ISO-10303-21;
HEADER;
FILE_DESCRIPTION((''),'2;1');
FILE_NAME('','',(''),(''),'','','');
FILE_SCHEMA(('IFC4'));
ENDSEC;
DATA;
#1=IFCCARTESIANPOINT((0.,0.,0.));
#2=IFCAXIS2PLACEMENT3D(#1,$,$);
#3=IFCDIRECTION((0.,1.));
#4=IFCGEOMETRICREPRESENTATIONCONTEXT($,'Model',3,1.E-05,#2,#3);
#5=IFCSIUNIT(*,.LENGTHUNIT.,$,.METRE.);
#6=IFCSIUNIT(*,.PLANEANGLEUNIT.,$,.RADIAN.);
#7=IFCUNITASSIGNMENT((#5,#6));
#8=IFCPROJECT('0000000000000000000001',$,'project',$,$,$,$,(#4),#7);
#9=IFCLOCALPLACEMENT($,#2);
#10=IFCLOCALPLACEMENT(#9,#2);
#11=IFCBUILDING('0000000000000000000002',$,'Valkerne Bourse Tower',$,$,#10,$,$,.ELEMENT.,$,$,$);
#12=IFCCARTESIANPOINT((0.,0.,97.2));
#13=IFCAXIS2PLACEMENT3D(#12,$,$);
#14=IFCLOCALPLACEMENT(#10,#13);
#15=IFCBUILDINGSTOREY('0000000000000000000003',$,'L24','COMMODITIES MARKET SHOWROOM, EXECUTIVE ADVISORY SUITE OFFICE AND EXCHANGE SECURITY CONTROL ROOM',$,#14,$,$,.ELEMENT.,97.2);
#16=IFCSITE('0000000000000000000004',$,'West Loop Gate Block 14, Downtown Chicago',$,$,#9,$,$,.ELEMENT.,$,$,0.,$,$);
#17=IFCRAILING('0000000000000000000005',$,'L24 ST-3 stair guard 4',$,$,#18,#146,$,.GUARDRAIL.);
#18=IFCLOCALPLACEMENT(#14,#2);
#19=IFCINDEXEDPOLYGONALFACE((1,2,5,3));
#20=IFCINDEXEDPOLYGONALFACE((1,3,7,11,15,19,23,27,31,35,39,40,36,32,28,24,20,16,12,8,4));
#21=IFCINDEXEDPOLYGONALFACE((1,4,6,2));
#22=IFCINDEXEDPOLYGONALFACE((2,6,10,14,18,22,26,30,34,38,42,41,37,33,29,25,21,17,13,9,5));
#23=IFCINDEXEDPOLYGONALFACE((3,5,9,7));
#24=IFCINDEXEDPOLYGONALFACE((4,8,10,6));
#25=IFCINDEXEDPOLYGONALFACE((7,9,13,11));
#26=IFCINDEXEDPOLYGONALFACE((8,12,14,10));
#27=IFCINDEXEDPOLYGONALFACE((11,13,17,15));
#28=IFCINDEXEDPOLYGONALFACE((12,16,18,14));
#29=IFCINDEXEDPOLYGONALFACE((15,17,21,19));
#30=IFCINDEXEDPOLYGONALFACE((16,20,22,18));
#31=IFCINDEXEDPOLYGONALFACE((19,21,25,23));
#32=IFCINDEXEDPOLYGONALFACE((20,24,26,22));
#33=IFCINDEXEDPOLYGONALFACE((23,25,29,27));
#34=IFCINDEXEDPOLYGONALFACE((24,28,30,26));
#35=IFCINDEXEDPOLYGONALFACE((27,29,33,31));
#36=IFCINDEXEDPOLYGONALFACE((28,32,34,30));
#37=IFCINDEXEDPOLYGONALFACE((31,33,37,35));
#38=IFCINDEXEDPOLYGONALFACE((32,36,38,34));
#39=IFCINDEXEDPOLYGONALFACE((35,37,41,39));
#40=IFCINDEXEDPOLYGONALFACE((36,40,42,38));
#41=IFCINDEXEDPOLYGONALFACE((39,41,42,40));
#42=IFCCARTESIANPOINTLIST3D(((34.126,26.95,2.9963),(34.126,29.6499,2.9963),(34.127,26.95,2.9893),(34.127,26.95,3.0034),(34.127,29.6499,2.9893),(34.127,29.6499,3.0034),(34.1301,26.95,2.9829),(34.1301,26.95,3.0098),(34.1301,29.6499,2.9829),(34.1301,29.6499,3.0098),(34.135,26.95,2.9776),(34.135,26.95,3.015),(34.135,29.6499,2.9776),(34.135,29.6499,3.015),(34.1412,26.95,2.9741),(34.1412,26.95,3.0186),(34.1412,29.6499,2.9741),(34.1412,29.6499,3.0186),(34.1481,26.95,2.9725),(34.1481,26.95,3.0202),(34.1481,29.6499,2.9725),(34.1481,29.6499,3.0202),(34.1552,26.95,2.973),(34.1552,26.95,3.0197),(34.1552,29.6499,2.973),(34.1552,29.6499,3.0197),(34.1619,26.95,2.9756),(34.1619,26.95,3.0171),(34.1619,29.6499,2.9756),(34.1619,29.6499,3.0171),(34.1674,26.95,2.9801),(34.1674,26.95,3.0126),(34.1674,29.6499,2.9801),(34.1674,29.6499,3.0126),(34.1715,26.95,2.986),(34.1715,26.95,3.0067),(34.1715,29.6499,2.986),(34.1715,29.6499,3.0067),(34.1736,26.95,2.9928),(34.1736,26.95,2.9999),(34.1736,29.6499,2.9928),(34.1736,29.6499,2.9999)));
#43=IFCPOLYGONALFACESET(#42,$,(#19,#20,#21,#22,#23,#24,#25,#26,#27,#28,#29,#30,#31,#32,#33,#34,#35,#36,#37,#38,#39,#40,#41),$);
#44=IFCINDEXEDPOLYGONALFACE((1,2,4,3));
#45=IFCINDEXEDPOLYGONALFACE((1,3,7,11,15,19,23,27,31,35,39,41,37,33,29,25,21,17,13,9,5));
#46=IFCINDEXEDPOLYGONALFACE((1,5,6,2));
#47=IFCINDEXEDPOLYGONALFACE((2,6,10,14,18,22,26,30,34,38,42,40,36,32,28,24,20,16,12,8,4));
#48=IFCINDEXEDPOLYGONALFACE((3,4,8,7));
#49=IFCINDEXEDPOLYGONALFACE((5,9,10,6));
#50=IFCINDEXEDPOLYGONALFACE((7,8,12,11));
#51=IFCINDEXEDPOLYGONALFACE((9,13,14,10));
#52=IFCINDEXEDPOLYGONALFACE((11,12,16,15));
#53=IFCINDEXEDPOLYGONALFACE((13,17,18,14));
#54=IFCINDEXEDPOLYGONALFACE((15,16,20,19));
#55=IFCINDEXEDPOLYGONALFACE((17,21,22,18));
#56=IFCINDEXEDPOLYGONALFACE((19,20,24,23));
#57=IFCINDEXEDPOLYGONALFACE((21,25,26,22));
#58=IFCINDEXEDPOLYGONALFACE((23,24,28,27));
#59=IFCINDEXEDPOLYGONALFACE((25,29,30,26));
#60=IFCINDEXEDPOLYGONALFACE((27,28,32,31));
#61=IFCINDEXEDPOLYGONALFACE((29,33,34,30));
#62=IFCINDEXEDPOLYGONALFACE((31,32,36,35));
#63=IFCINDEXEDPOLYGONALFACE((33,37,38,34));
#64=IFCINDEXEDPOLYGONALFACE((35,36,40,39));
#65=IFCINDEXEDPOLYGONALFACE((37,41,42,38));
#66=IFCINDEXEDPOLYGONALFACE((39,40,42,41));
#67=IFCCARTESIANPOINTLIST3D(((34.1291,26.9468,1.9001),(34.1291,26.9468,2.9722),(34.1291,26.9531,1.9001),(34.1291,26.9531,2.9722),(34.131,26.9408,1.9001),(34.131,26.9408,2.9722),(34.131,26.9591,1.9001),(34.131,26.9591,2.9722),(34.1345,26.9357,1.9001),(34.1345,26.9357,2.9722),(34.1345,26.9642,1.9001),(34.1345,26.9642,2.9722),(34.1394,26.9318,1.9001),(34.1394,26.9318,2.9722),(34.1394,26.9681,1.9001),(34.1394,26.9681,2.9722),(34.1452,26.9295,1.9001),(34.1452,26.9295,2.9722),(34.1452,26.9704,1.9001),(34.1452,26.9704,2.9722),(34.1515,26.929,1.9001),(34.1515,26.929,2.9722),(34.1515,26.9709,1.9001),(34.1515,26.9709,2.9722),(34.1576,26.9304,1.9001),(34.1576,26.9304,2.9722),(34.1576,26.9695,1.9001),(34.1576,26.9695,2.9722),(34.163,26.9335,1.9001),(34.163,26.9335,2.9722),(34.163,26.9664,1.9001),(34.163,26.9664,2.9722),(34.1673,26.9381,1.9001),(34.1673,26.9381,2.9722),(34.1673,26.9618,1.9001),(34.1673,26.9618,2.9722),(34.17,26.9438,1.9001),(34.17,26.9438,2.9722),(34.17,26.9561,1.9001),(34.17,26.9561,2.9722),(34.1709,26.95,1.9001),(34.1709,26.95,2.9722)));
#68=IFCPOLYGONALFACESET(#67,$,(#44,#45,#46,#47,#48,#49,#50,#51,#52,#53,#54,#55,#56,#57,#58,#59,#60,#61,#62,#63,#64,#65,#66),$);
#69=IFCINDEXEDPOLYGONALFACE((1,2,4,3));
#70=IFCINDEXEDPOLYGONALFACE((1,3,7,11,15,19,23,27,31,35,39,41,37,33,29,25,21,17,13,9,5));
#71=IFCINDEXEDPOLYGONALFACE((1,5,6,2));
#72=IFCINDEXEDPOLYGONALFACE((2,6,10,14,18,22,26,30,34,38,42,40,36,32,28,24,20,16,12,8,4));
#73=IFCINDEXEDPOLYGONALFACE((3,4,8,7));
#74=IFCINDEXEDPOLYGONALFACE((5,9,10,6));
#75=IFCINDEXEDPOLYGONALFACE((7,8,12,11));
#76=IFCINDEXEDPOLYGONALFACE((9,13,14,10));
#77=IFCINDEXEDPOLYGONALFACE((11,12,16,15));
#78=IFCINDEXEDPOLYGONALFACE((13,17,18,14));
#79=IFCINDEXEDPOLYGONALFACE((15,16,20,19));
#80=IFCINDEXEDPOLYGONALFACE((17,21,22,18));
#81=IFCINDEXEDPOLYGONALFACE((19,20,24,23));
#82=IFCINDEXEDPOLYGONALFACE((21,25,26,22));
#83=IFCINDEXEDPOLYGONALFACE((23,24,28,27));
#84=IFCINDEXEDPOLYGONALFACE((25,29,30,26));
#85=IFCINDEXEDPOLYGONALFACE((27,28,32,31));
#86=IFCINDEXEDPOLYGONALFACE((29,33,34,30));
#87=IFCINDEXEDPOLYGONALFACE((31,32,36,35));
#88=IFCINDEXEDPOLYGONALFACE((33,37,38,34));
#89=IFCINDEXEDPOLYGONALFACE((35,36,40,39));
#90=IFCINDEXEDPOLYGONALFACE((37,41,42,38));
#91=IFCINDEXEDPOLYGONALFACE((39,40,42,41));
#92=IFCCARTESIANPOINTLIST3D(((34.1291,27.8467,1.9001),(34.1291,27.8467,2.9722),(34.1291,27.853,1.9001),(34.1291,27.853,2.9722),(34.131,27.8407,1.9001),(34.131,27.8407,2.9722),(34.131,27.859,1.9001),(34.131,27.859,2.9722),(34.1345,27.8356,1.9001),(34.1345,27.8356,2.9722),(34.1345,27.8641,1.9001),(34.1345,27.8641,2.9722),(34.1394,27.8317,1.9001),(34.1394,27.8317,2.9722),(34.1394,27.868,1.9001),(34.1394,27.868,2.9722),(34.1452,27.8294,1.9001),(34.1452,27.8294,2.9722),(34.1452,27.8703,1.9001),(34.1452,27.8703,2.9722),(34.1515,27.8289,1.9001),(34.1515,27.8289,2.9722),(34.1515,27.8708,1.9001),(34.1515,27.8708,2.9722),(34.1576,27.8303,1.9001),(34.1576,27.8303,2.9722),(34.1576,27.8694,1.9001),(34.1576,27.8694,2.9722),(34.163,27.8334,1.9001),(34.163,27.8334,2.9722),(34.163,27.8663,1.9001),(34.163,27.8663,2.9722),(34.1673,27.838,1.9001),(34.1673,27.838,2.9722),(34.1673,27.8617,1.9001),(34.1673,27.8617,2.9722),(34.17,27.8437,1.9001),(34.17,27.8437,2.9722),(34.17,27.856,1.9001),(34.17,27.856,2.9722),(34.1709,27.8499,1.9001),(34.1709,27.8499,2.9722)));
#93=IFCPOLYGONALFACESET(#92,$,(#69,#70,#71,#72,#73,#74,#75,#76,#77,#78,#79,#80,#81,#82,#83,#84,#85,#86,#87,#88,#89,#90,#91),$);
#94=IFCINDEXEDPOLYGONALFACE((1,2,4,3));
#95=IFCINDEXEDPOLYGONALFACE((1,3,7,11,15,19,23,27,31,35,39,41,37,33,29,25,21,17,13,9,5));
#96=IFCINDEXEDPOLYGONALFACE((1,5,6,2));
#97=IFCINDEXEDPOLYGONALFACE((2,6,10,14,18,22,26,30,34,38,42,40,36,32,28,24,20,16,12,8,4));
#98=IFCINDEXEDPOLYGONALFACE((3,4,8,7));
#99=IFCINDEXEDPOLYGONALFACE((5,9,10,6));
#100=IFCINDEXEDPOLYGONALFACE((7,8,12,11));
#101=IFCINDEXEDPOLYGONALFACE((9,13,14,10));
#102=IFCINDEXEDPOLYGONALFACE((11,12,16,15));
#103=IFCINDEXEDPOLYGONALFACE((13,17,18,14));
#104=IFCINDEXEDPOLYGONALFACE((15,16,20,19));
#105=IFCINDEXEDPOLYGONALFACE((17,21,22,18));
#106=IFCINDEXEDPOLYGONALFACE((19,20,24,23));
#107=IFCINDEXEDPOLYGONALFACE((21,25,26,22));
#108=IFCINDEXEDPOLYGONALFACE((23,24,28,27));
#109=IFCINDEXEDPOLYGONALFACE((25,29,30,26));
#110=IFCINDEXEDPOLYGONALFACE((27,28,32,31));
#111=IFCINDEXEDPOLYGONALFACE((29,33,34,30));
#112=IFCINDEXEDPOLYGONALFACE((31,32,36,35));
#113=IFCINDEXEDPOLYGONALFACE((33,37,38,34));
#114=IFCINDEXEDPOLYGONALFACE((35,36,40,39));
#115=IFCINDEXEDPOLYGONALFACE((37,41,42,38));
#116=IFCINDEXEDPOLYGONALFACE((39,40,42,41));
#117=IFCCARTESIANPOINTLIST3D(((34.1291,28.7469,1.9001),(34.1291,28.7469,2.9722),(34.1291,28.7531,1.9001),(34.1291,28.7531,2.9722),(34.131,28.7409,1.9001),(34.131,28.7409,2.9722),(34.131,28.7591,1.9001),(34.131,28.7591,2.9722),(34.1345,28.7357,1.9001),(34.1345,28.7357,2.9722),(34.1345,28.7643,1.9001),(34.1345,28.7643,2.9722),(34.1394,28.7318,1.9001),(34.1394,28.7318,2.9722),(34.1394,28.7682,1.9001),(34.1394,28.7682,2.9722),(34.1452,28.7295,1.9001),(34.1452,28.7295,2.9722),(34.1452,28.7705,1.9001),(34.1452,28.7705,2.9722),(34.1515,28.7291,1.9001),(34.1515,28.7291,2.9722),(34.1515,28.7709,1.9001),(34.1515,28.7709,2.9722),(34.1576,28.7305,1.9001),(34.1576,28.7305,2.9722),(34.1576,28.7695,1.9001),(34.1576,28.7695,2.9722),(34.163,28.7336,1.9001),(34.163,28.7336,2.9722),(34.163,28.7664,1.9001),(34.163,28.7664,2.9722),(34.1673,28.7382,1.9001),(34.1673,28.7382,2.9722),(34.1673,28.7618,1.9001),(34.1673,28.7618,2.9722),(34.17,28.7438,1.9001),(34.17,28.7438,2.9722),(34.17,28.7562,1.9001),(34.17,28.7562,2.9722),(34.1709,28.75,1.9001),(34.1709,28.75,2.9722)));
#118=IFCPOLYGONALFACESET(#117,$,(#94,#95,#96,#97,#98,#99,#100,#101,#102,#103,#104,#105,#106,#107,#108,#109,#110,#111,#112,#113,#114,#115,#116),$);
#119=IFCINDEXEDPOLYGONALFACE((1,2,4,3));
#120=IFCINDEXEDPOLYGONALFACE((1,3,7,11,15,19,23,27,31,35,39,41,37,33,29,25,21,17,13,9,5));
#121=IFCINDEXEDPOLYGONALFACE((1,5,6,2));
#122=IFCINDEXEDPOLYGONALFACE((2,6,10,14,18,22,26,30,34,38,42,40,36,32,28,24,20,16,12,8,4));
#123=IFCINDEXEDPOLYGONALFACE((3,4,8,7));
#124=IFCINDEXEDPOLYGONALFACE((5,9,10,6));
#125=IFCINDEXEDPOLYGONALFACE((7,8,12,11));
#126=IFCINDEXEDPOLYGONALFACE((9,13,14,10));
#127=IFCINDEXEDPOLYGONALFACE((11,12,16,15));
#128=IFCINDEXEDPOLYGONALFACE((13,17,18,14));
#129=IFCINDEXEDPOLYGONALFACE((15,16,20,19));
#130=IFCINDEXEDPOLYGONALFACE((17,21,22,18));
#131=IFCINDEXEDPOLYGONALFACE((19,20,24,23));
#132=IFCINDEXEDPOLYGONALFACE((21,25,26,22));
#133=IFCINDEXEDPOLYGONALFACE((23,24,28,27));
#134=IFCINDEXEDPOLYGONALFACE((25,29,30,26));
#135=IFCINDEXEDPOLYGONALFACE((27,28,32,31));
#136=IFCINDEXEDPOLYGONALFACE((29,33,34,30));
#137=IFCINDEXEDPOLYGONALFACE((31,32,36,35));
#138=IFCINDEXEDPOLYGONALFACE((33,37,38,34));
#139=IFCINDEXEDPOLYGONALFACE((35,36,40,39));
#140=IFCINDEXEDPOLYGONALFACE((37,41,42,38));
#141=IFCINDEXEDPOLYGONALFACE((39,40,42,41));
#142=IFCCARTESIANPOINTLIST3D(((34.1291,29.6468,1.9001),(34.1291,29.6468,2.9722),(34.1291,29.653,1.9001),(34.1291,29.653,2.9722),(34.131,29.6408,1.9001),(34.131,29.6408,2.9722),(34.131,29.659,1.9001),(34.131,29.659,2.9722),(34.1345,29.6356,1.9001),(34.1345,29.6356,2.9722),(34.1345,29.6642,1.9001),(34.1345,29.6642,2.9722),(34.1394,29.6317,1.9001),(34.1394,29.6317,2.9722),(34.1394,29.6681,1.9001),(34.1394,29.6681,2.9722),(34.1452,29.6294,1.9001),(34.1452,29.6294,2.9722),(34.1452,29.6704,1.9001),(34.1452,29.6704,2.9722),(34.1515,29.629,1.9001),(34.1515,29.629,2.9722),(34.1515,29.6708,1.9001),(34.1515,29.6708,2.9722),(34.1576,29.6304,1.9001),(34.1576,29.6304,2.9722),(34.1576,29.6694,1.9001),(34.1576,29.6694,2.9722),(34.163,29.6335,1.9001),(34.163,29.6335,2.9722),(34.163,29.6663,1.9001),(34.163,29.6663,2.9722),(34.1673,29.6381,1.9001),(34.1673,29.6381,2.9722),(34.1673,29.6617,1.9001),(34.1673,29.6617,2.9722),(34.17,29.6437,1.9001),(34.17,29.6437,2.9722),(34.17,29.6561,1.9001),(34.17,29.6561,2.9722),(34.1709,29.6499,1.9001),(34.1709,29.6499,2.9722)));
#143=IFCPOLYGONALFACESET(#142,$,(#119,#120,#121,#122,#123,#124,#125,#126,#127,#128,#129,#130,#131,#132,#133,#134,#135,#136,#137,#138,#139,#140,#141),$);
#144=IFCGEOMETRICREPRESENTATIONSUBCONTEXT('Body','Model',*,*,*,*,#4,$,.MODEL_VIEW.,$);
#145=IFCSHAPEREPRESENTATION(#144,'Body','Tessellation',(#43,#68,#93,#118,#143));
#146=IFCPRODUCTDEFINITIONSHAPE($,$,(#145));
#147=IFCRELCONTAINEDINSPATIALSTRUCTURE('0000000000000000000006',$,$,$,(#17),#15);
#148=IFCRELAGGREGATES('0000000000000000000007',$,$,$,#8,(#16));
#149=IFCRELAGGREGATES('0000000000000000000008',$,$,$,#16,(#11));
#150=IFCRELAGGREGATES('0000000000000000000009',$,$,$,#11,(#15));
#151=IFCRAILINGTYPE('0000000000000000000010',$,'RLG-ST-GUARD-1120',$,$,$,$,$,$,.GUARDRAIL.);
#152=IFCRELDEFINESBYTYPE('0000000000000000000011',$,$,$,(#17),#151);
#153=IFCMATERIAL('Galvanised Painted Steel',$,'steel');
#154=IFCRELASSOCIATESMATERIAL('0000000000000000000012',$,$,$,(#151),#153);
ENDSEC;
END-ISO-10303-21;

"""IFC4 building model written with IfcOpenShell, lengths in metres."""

from ifc_helpers import new_model, si_unit, direction, frame, origin, origin_2d, place, context, subcontext, project, spatial, circle, extrude, material, type_object, element, save


model = new_model("IFC4")

# Units and contexts
model_context = context("Model", 3, precision=1e-05, world=origin(), true_north=direction((0.0, 1.0)))
body_context = subcontext(model_context, "Body", "Model", "MODEL_VIEW")
ifc_project = project(units=[si_unit("LENGTHUNIT", "METRE"), si_unit("PLANEANGLEUNIT", "RADIAN")], contexts=[model_context])

# Site, building, storey
site_placement = place(None, origin())
site = spatial("IfcSite", under=ifc_project, at=site_placement, Name="West Loop Gate Block 14, Downtown Chicago", CompositionType="ELEMENT", RefElevation=0.0)
building_placement = place(site_placement, origin())
building = spatial("IfcBuilding", under=site, at=building_placement, Name="Valkerne Bourse Tower", CompositionType="ELEMENT")
storey_placement = place(building_placement, frame((0.0, 0.0, 97.2)))
storey = spatial("IfcBuildingStorey", under=building, at=storey_placement, Name="L24", Description="COMMODITIES MARKET SHOWROOM, EXECUTIVE ADVISORY SUITE OFFICE AND EXCHANGE SECURITY CONTROL ROOM", CompositionType="ELEMENT", Elevation=97.2)

# Shared definitions
ifc_material_1 = material(Name="Galvanised Painted Steel", Category="steel")

# Railing
railing_type_1 = type_object("IfcRailingType", Name="RLG-ST-GUARD-1120", PredefinedType="GUARDRAIL", material=ifc_material_1)
for number, where, name in (
    (1, (34.1499, 26.95, 1.9001), "L24 ST-3 stair guard 4"),
):
    element("IfcRailing", number, at=place(storey_placement, frame(where)), inside=storey, type_object=railing_type_1, Name=name, PredefinedType="GUARDRAIL", context=body_context, shape_type="SweptSolid", body=[
        extrude(circle(Radius=0.0239, at=origin_2d()), frame((0.0, 0.0, 1.0962), z_axis=(0.0, 1.0, 0.0), x_axis=(-1.0, 0.0, 0.0)), (0.0, 0.0, 1.0), 2.7),
        extrude(circle(Radius=0.021, at=origin_2d()), origin(), (0.0, 0.0, 1.0), 1.072),
        extrude(circle(Radius=0.021, at=origin_2d()), frame((0.0, 0.8999, 0.0)), (0.0, 0.0, 1.0), 1.072),
        extrude(circle(Radius=0.021, at=origin_2d()), frame((0.0, 1.8, 0.0)), (0.0, 0.0, 1.0), 1.072),
        extrude(circle(Radius=0.021, at=origin_2d()), frame((0.0, 2.7, 0.0)), (0.0, 0.0, 1.0), 1.072),
    ])

save(model, "model.ifc")
